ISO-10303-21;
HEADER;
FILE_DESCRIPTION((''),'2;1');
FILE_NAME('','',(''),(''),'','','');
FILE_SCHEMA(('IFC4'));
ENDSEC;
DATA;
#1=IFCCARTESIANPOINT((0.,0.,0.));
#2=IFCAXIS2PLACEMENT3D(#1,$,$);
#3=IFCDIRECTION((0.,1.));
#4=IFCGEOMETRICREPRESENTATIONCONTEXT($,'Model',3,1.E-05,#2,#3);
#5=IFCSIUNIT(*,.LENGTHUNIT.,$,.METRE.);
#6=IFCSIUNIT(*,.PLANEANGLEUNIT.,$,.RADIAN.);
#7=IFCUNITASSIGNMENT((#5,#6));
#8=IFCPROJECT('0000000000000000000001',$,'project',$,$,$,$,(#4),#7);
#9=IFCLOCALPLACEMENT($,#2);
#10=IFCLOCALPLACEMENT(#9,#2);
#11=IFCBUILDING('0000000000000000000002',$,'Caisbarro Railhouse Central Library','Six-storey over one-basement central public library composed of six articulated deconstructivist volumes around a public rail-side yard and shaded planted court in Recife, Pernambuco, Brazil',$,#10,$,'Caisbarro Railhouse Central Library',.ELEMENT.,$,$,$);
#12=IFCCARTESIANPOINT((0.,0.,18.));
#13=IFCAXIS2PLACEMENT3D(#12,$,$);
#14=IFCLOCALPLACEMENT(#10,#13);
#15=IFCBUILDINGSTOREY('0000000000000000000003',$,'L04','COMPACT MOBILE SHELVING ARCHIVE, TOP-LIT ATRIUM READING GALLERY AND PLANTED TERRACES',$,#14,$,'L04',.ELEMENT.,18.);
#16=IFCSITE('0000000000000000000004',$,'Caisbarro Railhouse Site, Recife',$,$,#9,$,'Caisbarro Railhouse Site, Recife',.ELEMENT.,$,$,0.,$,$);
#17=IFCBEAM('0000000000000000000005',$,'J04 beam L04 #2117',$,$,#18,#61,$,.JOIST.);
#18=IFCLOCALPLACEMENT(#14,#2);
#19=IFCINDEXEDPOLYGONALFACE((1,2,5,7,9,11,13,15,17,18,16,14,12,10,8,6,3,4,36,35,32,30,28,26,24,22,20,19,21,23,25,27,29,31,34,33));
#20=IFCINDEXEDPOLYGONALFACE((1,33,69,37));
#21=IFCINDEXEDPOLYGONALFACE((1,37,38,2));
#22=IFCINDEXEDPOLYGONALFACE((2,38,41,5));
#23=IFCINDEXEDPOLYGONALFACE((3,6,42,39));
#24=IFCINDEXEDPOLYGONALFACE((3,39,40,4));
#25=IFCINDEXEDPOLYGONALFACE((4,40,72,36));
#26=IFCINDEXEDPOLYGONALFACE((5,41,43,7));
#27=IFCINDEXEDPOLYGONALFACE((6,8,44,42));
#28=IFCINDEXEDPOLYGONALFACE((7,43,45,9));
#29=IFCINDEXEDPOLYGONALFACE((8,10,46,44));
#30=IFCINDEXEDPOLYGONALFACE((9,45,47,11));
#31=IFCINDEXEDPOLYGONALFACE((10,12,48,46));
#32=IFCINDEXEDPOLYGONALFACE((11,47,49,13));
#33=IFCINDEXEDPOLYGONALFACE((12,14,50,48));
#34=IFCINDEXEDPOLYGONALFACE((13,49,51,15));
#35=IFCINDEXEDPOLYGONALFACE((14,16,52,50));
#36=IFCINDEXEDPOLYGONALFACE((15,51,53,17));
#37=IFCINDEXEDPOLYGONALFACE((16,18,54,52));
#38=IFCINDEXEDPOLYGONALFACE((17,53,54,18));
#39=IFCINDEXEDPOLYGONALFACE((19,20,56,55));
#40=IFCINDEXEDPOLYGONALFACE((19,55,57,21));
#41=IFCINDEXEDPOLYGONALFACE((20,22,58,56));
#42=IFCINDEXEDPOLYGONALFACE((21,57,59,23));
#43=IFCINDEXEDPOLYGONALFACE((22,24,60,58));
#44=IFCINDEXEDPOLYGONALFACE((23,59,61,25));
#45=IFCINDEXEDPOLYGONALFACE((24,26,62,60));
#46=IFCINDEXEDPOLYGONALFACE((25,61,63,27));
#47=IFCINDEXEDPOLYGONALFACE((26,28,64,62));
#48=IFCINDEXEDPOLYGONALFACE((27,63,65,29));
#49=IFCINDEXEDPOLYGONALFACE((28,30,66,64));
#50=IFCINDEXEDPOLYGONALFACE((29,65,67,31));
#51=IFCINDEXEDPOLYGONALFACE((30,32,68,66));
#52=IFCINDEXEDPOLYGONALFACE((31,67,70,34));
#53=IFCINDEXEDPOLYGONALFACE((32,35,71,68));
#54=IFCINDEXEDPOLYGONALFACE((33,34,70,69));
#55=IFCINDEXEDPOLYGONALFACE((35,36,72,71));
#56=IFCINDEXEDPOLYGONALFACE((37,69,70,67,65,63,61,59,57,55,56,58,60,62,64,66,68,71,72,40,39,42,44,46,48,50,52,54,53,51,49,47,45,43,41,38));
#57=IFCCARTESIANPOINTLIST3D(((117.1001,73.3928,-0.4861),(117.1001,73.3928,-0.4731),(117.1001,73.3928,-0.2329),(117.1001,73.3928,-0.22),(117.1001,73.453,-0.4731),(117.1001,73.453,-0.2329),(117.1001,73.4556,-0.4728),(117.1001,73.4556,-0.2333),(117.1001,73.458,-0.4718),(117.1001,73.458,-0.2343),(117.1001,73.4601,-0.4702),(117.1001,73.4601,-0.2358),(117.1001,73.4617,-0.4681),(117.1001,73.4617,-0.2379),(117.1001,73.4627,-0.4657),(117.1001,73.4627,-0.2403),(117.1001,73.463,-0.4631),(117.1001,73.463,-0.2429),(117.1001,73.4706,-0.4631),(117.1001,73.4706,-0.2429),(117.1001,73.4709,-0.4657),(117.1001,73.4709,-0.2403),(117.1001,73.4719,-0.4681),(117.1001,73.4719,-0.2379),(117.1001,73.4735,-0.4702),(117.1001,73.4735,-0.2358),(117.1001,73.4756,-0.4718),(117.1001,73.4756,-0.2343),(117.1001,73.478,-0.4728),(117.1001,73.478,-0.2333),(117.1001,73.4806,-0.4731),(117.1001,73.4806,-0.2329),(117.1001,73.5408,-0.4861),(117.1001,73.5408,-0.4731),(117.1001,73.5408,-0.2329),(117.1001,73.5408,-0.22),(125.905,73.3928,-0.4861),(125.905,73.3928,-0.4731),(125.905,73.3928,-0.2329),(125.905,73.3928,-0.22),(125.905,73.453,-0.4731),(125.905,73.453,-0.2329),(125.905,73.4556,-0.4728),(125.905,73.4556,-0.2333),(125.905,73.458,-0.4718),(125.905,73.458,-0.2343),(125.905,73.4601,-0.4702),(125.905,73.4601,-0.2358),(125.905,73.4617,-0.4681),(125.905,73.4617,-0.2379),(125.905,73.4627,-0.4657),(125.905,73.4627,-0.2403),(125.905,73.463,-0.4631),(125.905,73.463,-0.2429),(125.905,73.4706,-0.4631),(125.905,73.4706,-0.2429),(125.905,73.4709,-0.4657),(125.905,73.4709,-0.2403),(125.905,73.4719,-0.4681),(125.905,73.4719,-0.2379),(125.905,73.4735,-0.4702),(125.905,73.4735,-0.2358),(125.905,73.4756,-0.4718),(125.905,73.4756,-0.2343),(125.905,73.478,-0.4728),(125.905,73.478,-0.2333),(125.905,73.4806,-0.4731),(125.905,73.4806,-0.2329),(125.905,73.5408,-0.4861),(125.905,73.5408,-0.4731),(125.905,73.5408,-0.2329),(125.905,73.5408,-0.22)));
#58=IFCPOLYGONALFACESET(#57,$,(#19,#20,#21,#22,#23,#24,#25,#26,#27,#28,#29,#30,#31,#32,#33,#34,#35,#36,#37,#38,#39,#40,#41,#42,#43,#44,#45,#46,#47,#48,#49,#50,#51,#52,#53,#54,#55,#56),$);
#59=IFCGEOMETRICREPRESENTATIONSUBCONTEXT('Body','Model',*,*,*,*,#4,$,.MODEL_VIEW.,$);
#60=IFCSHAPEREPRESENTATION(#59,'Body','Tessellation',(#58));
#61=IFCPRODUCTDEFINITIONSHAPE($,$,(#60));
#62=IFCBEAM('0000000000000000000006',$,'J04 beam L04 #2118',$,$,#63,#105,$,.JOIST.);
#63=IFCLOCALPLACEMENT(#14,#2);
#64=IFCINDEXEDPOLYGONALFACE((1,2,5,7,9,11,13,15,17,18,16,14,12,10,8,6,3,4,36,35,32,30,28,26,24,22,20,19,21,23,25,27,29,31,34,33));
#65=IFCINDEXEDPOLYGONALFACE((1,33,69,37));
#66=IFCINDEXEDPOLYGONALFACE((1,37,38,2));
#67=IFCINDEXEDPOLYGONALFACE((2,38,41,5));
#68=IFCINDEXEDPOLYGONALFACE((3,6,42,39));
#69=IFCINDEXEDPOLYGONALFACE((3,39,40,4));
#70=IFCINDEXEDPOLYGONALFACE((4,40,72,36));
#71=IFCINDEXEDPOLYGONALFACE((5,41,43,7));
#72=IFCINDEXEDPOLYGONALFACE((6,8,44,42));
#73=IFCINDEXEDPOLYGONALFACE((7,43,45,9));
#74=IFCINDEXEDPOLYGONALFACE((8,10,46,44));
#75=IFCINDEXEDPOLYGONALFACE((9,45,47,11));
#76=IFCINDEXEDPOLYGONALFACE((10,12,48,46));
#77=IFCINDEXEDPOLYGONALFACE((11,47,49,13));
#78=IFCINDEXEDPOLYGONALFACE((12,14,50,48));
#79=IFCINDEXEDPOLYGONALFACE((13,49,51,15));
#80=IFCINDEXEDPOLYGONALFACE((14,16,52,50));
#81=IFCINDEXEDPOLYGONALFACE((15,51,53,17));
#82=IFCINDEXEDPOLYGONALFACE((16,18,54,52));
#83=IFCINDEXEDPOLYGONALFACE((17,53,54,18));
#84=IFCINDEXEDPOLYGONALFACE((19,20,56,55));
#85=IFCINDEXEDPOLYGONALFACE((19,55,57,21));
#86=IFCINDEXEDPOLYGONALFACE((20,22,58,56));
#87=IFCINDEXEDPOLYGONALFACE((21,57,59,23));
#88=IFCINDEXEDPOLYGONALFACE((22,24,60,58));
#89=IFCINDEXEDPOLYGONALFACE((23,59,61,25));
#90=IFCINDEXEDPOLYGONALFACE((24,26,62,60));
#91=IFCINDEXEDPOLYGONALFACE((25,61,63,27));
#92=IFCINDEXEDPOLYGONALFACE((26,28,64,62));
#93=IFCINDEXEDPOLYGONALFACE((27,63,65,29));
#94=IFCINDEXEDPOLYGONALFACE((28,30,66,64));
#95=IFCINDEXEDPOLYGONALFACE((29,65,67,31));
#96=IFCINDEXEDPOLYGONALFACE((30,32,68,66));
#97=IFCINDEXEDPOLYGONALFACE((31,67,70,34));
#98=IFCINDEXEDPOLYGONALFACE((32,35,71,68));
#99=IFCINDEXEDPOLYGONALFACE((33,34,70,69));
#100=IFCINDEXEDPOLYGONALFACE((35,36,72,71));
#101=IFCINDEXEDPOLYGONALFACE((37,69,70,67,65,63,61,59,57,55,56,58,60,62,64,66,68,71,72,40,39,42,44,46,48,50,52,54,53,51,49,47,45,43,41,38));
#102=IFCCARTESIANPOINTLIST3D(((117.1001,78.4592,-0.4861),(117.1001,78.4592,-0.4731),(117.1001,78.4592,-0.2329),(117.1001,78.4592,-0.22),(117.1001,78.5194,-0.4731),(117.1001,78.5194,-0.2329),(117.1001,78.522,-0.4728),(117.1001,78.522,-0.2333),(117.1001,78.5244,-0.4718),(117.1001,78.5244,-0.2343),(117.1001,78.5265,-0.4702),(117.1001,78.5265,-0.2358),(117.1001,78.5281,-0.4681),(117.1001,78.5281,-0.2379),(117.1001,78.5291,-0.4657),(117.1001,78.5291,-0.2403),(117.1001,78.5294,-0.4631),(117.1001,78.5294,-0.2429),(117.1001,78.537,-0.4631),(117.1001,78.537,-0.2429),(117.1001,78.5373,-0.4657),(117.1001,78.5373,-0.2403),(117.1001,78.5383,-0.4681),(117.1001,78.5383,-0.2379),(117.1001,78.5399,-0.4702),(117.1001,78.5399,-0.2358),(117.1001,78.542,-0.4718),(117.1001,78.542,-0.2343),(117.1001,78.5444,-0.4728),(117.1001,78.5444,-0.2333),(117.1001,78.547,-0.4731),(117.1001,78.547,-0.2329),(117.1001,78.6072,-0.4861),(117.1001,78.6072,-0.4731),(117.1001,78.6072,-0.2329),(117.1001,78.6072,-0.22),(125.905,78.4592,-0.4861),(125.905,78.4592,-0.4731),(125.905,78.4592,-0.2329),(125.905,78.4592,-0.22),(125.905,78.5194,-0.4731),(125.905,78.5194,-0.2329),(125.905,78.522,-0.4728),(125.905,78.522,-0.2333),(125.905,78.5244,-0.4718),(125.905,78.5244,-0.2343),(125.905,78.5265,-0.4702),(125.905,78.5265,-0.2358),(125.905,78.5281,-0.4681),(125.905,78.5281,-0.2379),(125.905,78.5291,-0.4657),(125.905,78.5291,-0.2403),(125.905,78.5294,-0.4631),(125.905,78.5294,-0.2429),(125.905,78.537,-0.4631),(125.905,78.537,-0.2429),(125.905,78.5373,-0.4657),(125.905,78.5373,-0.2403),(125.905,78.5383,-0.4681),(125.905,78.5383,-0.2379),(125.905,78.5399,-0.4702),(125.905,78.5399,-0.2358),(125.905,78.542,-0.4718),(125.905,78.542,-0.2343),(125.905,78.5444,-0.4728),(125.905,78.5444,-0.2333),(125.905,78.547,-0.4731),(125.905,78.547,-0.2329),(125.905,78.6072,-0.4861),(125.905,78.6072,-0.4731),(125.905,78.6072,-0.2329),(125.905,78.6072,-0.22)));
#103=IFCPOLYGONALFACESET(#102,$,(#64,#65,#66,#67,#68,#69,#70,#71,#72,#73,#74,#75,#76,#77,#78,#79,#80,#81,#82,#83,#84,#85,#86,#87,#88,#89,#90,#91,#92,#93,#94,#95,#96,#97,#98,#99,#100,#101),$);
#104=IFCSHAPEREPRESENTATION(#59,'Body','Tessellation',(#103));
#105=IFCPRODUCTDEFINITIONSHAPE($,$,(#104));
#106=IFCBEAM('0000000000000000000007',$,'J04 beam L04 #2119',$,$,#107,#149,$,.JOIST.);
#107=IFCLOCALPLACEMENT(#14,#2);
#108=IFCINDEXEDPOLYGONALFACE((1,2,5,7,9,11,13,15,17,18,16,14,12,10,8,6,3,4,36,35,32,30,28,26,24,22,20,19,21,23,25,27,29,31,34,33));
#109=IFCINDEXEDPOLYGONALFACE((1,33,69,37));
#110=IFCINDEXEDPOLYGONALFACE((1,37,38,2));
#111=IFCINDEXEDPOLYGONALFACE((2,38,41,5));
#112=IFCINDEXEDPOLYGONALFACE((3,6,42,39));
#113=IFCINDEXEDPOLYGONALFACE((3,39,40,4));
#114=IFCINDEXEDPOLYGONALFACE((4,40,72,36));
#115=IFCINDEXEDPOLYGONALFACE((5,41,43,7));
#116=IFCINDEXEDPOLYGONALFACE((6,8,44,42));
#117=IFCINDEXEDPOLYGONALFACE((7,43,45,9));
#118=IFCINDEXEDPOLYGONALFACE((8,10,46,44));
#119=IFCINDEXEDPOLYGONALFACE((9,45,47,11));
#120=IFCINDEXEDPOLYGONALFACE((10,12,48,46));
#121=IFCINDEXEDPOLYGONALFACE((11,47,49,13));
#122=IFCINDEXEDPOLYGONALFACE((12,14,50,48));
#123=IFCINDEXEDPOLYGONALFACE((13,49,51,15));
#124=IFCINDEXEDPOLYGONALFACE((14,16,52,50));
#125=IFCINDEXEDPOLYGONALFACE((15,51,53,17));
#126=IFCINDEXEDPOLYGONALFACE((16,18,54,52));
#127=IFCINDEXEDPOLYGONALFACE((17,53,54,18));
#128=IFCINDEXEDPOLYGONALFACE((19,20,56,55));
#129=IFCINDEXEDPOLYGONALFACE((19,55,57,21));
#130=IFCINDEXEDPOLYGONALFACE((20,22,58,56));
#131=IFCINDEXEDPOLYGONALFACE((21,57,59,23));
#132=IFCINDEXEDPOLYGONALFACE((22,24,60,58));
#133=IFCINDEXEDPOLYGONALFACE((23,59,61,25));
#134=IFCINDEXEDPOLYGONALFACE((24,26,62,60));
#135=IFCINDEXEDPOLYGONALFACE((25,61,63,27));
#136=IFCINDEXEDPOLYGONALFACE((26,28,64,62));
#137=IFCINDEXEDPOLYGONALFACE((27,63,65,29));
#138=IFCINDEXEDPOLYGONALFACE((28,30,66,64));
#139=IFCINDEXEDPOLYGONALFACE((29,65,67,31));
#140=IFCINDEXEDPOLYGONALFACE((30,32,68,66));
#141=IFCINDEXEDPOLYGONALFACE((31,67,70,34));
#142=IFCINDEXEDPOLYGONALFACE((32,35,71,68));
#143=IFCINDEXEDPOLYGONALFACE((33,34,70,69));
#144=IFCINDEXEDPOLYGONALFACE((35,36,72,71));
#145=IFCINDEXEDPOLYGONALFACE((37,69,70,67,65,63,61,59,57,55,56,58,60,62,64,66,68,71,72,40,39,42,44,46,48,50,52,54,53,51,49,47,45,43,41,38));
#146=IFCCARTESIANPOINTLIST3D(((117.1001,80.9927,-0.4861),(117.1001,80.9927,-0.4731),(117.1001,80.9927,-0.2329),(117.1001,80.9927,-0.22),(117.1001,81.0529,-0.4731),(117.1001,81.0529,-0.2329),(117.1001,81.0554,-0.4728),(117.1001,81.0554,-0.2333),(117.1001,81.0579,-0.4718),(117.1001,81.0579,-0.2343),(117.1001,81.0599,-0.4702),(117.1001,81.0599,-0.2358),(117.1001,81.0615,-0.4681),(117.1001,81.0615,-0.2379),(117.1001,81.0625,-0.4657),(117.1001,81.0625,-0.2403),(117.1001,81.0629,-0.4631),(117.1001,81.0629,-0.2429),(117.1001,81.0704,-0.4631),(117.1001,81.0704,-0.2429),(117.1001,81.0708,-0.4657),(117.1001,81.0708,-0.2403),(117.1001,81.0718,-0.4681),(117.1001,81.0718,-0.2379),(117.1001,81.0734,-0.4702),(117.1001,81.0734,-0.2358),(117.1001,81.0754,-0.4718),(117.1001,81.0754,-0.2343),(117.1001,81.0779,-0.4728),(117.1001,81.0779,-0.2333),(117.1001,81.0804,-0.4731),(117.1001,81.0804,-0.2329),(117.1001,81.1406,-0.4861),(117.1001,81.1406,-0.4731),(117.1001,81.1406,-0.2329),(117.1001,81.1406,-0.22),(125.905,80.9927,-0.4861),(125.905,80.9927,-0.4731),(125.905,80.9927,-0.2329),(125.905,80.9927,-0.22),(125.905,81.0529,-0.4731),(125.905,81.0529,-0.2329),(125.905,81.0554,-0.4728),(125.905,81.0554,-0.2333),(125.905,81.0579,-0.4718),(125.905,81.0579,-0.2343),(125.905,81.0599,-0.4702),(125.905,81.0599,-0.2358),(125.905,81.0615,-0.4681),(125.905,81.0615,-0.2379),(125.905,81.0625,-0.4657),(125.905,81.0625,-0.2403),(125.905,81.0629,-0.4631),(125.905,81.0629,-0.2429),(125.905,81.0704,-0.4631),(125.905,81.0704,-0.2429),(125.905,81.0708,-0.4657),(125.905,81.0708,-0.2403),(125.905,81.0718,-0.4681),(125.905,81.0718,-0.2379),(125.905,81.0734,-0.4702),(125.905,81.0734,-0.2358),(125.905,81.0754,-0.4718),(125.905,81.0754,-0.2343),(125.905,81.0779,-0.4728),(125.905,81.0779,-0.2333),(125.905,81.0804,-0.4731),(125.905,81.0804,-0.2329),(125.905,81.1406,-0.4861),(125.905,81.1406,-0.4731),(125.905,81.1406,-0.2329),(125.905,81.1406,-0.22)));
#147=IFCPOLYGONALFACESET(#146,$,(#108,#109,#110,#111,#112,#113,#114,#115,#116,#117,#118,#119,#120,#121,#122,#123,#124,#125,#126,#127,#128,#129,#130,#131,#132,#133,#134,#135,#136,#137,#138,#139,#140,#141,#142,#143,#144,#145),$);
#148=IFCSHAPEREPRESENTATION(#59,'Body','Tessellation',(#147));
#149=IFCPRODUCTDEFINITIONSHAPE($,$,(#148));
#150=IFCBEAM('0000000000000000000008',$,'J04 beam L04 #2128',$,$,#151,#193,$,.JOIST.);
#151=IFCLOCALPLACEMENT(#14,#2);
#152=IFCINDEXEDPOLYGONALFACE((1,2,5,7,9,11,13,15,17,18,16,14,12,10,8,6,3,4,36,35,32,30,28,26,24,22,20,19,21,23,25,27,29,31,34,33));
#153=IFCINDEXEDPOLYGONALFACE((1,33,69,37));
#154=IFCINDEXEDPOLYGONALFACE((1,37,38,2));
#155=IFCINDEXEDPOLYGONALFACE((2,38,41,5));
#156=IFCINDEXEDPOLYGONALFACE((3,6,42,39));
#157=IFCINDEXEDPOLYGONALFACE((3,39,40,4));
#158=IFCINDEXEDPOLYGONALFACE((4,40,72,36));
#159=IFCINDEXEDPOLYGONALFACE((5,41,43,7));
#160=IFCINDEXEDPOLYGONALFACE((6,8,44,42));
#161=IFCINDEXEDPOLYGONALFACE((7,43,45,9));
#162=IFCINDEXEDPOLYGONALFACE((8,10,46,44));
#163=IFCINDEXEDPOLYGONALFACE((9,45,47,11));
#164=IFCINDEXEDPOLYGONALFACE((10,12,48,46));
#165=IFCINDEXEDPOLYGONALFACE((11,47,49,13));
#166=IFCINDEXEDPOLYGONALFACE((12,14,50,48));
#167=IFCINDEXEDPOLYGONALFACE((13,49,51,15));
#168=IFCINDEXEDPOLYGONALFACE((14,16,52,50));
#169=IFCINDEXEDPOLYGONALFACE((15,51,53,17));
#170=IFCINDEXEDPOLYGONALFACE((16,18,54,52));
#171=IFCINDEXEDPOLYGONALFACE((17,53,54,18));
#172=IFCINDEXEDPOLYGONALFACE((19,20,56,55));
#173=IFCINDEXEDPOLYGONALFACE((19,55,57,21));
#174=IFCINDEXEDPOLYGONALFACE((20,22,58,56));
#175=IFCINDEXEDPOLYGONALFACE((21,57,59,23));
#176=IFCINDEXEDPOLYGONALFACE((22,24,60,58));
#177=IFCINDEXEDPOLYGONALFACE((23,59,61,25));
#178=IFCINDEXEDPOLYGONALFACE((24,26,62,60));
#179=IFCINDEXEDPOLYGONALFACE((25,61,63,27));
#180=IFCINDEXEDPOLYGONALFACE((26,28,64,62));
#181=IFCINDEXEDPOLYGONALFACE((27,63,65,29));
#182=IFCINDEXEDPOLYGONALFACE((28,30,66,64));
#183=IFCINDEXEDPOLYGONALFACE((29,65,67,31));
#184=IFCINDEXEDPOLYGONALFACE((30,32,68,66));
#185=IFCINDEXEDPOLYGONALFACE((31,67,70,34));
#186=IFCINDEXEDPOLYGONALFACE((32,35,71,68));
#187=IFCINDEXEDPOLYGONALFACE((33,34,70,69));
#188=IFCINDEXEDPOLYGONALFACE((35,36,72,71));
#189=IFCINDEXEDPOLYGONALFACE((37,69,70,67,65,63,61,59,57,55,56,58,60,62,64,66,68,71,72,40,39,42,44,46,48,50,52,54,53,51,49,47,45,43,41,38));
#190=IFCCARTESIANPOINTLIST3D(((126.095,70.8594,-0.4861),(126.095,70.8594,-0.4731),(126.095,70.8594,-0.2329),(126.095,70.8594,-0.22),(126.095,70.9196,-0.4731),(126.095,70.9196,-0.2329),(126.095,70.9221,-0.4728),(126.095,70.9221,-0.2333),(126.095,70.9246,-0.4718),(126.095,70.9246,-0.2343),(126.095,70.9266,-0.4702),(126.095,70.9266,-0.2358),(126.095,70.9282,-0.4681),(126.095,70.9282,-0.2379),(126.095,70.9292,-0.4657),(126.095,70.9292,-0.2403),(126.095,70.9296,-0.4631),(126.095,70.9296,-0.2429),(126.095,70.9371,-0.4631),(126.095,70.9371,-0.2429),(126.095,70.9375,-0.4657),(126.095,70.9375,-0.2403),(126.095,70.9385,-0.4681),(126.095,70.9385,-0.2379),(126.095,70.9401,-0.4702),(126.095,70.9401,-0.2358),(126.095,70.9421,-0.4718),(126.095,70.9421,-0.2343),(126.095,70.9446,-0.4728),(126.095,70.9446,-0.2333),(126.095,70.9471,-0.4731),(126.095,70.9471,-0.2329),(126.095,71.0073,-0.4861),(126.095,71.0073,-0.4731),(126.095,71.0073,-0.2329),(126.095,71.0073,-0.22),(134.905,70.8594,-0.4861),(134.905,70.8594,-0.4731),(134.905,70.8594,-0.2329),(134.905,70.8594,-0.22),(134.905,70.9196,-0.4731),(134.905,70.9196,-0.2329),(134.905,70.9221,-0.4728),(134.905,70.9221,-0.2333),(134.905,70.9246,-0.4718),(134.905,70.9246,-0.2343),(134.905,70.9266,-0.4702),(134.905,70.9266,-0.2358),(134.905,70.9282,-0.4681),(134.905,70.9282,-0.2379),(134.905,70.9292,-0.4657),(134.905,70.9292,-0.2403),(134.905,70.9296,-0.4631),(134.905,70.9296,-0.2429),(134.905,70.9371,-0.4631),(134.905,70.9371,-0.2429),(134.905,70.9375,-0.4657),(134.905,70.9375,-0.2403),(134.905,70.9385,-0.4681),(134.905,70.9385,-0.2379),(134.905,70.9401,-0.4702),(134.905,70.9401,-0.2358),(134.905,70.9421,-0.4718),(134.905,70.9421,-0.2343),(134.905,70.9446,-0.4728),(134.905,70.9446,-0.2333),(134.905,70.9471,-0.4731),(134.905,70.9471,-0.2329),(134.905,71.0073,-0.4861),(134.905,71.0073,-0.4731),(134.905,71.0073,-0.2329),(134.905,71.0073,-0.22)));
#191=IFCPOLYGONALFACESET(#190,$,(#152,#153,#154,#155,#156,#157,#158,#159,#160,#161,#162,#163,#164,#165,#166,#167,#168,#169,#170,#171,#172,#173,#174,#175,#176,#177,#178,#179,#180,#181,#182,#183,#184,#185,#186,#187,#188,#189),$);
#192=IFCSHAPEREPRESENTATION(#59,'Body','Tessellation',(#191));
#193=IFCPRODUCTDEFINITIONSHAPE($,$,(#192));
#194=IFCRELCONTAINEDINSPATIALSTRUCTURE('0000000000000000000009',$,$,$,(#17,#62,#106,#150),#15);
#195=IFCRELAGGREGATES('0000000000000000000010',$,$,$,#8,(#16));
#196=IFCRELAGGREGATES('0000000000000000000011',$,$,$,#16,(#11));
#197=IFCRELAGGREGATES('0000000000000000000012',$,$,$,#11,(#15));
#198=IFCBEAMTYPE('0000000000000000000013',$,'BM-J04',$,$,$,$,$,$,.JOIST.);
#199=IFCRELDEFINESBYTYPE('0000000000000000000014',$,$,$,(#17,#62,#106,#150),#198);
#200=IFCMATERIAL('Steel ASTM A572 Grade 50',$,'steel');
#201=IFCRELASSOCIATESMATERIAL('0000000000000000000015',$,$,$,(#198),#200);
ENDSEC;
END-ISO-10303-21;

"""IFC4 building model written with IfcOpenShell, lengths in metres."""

from ifc_helpers import new_model, si_unit, direction, frame, origin, origin_2d, place, context, subcontext, project, spatial, i_section, extrude, material, material_profile, profile_set, type_object, element, save


model = new_model("IFC4")

# Units and contexts
model_context = context("Model", 3, precision=1e-05, world=origin(), true_north=direction((0.0, 1.0)))
body_context = subcontext(model_context, "Body", "Model", "MODEL_VIEW")
ifc_project = project(units=[si_unit("LENGTHUNIT", "METRE"), si_unit("PLANEANGLEUNIT", "RADIAN")], contexts=[model_context])

# Site, building, storey
site_placement = place(None, origin())
site = spatial("IfcSite", under=ifc_project, at=site_placement, Name="Caisbarro Railhouse Site, Recife", LongName="Caisbarro Railhouse Site, Recife", CompositionType="ELEMENT", RefElevation=0.0)
building_placement = place(site_placement, origin())
building = spatial("IfcBuilding", under=site, at=building_placement, Name="Caisbarro Railhouse Central Library", Description="Six-storey over one-basement central public library composed of six articulated deconstructivist volumes around a public rail-side yard and shaded planted court in Recife, Pernambuco, Brazil", LongName="Caisbarro Railhouse Central Library", CompositionType="ELEMENT")
storey_placement = place(building_placement, frame((0.0, 0.0, 18.0)))
storey = spatial("IfcBuildingStorey", under=building, at=storey_placement, Name="L04", Description="COMPACT MOBILE SHELVING ARCHIVE, TOP-LIT ATRIUM READING GALLERY AND PLANTED TERRACES", LongName="L04", CompositionType="ELEMENT", Elevation=18.0)

# Shared definitions
ifc_material_1 = material(Name="Steel ASTM A572 Grade 50", Category="steel")

# Beams
ifc_material_profile_1 = material_profile(ifc_material_1, i_section(OverallWidth=0.1479, OverallDepth=0.2661, WebThickness=0.0076, FlangeThickness=0.0129, FilletRadius=0.01, at=origin_2d()), Name="W250X44.8")
ifc_profile_set_1 = profile_set([ifc_material_profile_1], Name="Steel ASTM A572 Grade 50")
beam_type_1 = type_object("IfcBeamType", Name="BM-J04", PredefinedType="JOIST", material=ifc_profile_set_1)
for number, where, z_axis, x_axis, name in (
    (1, (117.1001, 73.4668, -0.353), (1.0, 0.0, 0.0), (0.0, 1.0, 0.0), "J04 beam L04 #2117"),
    (2, (117.1001, 78.5332, -0.353), (1.0, 0.0, 0.0), (0.0, 1.0, 0.0), "J04 beam L04 #2118"),
    (3, (117.1001, 81.0667, -0.353), (1.0, 0.0, 0.0), (0.0, 1.0, 0.0), "J04 beam L04 #2119"),
):
    element("IfcBeam", number, at=place(storey_placement, frame(where, z_axis=z_axis, x_axis=x_axis)), inside=storey, type_object=beam_type_1, Name=name, PredefinedType="JOIST", context=body_context, shape_type="SweptSolid", body=[
        extrude(i_section(OverallWidth=0.1479, OverallDepth=0.2661, WebThickness=0.0076, FlangeThickness=0.0129, FilletRadius=0.01, at=origin_2d()), origin(), (0.0, 0.0, 1.0), 8.8049),
    ])
for number, where, z_axis, x_axis, name in (
    (4, (126.095, 70.9333, -0.353), (1.0, 0.0, 0.0), (0.0, 1.0, 0.0), "J04 beam L04 #2128"),
):
    element("IfcBeam", number, at=place(storey_placement, frame(where, z_axis=z_axis, x_axis=x_axis)), inside=storey, type_object=beam_type_1, Name=name, PredefinedType="JOIST", context=body_context, shape_type="SweptSolid", body=[
        extrude(i_section(OverallWidth=0.1479, OverallDepth=0.2661, WebThickness=0.0076, FlangeThickness=0.0129, FilletRadius=0.01, at=origin_2d()), origin(), (0.0, 0.0, 1.0), 8.8101),
    ])

save(model, "model.ifc")
